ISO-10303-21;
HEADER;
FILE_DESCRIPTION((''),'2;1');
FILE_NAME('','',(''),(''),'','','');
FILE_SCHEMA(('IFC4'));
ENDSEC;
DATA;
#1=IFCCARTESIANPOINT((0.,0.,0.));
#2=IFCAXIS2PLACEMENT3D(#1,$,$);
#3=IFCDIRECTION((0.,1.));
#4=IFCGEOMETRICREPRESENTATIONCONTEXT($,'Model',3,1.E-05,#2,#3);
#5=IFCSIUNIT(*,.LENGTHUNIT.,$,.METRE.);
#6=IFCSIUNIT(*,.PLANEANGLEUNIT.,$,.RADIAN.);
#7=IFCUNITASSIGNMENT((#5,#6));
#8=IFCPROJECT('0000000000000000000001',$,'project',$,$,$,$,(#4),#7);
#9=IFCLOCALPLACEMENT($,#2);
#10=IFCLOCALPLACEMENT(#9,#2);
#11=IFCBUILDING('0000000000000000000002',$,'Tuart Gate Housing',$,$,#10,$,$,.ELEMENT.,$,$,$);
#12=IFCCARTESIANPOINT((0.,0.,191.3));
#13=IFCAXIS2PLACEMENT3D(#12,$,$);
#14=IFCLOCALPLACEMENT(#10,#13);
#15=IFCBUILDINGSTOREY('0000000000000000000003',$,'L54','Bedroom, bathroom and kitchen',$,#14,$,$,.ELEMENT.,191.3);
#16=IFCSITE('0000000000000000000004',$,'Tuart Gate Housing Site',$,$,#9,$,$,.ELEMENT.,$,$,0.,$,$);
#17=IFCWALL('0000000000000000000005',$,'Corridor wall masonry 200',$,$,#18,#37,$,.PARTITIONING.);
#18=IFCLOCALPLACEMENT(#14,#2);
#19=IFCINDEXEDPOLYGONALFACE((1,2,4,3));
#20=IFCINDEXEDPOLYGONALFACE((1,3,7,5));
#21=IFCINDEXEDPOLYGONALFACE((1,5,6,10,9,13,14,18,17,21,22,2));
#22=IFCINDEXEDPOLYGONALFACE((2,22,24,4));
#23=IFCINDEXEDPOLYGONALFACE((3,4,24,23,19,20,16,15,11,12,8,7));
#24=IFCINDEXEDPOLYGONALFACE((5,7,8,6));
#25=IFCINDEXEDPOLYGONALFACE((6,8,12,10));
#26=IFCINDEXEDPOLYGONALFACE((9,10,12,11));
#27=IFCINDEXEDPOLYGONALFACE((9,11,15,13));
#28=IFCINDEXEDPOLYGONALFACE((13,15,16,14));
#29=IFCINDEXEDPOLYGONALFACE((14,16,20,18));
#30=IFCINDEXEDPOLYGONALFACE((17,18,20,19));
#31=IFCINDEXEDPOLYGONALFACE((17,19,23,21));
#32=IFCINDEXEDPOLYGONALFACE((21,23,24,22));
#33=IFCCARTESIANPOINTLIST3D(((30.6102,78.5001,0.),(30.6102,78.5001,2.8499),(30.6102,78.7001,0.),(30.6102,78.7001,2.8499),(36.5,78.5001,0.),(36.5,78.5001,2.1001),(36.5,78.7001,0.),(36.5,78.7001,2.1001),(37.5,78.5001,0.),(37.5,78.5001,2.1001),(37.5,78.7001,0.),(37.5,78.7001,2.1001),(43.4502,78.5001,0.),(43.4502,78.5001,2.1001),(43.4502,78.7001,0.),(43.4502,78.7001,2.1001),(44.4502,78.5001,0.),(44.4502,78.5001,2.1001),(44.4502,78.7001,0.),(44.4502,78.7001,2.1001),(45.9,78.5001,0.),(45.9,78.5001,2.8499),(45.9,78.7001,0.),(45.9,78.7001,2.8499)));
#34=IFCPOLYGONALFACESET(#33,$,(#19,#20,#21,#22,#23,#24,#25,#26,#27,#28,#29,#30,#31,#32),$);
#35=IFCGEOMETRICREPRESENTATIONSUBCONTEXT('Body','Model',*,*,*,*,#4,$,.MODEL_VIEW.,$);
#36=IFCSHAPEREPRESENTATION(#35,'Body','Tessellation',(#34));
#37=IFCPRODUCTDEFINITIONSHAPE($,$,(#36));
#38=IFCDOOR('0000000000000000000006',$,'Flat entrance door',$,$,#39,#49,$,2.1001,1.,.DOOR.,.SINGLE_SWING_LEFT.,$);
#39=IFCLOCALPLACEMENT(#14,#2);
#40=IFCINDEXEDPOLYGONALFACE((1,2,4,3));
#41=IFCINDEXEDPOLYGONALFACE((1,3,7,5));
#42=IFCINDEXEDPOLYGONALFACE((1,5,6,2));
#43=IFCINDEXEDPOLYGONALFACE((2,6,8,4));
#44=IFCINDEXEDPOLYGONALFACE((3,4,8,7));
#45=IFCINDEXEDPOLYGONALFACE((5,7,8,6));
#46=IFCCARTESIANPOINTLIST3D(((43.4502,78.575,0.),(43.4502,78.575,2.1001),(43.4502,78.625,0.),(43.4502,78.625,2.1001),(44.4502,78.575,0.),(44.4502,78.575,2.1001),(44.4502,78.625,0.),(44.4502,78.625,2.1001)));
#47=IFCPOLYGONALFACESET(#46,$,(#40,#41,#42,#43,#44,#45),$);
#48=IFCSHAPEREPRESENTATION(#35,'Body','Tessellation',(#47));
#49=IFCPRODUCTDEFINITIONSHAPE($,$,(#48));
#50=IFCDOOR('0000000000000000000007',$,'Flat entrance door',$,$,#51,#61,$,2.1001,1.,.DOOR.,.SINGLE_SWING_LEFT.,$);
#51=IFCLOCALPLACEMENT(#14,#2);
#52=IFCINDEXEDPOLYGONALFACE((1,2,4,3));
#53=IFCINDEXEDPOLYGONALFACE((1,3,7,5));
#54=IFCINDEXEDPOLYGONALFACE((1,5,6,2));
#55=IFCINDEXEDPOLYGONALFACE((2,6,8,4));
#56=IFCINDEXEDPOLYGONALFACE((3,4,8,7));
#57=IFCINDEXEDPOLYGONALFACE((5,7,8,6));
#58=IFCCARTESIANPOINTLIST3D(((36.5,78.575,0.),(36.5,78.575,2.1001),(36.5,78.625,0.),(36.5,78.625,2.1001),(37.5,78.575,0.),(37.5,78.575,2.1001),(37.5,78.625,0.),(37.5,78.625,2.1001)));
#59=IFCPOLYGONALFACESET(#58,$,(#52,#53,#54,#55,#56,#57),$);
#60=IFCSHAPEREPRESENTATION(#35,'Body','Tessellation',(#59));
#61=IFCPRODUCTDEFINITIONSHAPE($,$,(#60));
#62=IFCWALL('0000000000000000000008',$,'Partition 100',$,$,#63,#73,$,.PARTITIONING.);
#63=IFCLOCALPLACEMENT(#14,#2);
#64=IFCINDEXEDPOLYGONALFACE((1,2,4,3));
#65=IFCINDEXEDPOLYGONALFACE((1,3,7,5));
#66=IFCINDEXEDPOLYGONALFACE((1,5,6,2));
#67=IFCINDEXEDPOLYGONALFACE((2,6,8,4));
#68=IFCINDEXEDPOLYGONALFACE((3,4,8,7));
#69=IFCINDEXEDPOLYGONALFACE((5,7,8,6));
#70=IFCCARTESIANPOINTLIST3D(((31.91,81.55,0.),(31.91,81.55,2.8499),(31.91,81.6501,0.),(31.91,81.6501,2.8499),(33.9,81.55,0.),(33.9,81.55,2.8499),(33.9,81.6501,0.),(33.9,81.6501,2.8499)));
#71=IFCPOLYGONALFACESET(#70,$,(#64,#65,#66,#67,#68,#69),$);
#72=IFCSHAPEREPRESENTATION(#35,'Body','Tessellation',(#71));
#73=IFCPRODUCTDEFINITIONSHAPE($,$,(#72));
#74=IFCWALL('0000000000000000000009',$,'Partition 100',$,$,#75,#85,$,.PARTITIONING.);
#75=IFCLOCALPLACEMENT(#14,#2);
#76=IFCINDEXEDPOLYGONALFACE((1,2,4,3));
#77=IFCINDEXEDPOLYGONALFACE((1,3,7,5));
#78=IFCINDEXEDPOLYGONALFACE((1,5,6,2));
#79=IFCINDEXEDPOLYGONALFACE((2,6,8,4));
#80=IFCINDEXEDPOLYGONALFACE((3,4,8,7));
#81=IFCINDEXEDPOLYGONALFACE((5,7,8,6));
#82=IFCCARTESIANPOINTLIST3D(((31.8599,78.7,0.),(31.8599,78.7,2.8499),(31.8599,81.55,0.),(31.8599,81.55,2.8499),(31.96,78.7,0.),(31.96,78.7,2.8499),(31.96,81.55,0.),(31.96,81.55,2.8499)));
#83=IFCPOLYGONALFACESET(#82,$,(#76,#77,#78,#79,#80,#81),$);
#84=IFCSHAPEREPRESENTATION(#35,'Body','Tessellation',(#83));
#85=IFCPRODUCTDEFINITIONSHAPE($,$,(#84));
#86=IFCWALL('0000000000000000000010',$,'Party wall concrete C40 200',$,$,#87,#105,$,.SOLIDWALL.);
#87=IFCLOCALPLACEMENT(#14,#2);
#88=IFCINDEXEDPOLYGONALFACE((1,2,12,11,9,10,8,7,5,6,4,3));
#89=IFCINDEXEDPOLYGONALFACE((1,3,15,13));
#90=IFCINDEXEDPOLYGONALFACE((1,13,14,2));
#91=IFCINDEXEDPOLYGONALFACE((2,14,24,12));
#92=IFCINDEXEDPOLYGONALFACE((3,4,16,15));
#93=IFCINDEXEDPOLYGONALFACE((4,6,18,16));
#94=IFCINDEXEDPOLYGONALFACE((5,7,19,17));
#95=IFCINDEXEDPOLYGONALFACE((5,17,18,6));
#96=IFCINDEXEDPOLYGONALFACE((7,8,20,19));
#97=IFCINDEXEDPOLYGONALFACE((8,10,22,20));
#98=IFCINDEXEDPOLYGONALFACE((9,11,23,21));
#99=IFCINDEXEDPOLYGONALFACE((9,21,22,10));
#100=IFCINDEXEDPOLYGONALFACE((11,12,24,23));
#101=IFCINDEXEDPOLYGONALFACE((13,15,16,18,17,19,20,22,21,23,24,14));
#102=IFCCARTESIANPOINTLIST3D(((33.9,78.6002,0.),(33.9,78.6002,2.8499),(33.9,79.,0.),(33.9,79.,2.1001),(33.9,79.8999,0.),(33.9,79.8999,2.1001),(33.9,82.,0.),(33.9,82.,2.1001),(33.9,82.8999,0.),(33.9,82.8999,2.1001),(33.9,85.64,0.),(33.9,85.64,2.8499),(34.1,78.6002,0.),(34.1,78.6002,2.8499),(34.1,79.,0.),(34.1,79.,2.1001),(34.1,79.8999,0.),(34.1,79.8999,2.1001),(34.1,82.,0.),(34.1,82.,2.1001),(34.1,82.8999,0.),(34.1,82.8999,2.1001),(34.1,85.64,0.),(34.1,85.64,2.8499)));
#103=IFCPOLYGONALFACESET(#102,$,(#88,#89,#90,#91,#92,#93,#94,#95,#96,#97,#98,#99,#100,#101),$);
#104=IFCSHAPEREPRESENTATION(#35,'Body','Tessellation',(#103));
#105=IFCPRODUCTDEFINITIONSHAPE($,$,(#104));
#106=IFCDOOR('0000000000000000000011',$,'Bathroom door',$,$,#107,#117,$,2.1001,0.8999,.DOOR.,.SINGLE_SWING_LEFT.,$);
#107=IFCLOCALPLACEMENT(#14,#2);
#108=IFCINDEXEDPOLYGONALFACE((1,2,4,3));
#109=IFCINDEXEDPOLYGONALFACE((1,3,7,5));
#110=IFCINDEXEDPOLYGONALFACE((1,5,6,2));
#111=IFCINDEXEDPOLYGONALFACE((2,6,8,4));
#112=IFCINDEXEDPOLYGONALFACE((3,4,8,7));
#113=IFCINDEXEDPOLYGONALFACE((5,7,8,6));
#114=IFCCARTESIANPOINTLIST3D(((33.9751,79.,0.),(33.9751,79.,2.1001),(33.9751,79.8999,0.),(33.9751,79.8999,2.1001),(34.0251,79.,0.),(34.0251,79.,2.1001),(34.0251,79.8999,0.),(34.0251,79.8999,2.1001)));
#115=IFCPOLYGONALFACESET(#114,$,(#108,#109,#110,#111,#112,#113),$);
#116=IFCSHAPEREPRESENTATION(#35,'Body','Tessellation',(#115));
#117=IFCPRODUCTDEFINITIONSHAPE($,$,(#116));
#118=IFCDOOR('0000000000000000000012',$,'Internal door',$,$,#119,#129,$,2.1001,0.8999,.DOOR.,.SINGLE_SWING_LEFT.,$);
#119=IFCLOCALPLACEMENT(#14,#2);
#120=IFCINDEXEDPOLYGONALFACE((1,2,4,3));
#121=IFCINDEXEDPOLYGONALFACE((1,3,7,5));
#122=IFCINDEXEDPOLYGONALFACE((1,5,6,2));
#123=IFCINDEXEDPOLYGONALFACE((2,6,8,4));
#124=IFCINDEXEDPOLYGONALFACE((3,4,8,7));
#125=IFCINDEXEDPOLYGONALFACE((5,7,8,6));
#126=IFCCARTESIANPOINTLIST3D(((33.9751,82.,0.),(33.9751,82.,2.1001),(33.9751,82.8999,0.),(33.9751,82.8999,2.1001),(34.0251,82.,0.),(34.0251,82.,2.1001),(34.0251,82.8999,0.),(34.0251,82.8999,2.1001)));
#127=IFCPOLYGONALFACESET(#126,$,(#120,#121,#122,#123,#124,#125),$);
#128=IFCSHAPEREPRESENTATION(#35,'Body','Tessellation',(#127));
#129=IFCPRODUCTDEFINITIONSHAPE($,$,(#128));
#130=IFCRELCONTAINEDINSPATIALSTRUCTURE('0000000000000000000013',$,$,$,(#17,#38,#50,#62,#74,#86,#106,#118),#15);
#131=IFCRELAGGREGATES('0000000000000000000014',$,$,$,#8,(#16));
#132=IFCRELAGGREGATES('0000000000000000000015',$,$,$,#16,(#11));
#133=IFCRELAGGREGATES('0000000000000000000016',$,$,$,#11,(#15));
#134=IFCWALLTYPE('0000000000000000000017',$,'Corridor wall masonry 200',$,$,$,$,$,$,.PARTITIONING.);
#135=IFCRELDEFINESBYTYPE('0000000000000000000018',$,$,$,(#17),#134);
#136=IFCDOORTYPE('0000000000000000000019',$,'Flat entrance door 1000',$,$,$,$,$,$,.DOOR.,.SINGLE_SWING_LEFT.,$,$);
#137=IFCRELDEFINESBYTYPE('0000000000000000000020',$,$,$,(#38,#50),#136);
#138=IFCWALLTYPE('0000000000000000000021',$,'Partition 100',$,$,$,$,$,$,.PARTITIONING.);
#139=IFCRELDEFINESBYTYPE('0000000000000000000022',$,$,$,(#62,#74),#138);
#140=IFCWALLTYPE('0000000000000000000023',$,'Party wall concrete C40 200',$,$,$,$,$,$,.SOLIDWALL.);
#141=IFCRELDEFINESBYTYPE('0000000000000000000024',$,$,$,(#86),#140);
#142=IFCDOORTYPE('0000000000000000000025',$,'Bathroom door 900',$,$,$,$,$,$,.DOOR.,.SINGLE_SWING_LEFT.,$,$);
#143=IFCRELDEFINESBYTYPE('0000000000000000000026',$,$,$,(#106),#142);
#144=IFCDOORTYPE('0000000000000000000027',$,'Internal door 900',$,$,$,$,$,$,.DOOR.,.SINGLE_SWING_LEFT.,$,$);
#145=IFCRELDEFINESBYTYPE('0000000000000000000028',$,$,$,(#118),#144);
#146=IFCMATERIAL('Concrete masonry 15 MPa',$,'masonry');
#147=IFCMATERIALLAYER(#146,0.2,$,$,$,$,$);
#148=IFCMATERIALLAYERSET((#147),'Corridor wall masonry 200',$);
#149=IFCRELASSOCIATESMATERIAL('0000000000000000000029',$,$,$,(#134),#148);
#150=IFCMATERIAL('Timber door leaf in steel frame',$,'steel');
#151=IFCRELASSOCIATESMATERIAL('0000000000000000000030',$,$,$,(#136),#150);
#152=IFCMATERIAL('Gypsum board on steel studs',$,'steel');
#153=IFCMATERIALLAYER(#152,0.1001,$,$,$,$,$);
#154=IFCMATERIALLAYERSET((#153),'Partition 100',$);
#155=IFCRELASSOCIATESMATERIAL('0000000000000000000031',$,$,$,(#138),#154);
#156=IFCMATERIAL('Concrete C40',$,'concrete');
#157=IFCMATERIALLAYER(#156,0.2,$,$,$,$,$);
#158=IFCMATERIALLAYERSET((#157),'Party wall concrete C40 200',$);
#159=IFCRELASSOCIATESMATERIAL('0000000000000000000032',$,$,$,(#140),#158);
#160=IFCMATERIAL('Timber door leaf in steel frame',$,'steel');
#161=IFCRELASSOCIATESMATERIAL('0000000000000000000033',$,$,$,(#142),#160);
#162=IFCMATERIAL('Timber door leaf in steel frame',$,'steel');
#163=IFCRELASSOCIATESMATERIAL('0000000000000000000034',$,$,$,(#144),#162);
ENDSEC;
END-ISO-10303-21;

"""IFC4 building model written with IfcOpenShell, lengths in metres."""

from ifc_helpers import new_model, si_unit, direction, frame, frame_2d, origin, place, context, subcontext, project, spatial, rectangle, extrude, material, layer, layer_set, type_object, element, fill, save


model = new_model("IFC4")

# Units and contexts
model_context = context("Model", 3, precision=1e-05, world=origin(), true_north=direction((0.0, 1.0)))
body_context = subcontext(model_context, "Body", "Model", "MODEL_VIEW")
ifc_project = project(units=[si_unit("LENGTHUNIT", "METRE"), si_unit("PLANEANGLEUNIT", "RADIAN")], contexts=[model_context])

# Site, building, storey
site_placement = place(None, origin())
site = spatial("IfcSite", under=ifc_project, at=site_placement, Name="Tuart Gate Housing Site", CompositionType="ELEMENT", RefElevation=0.0)
building_placement = place(site_placement, origin())
building = spatial("IfcBuilding", under=site, at=building_placement, Name="Tuart Gate Housing", CompositionType="ELEMENT")
storey_placement = place(building_placement, frame((0.0, 0.0, 191.3)))
storey = spatial("IfcBuildingStorey", under=building, at=storey_placement, Name="L54", Description="Bedroom, bathroom and kitchen", CompositionType="ELEMENT", Elevation=191.3)

# Wall, openings, doors
ifc_material_1 = material(Name="Concrete masonry 15 MPa", Category="masonry")
ifc_layer_1 = layer(ifc_material_1, 0.2)
ifc_layer_set_1 = layer_set([ifc_layer_1], Name="Corridor wall masonry 200")
wall_type_1 = type_object("IfcWallType", Name="Corridor wall masonry 200", PredefinedType="PARTITIONING", material=ifc_layer_set_1)
wall_1_placement = place(storey_placement, frame((30.6101, 78.6001, 0.0), z_axis=(0.0, 0.0, 1.0), x_axis=(1.0, 0.0, 0.0)))
wall_1 = element("IfcWall", 1, at=wall_1_placement, inside=storey, type_object=wall_type_1, Name="Corridor wall masonry 200", PredefinedType="PARTITIONING", context=body_context, shape_type="SweptSolid", body=[
    extrude(rectangle(XDim=15.2898, YDim=0.2, at=frame_2d((7.645, 0.0))), origin(), (0.0, 0.0, 1.0), 2.8499),
])
opening_1_placement = place(wall_1_placement, frame((12.8401, 0.0, 0.0)))
opening_1 = element("IfcOpeningElement", 2, at=opening_1_placement, cuts=wall_1, PredefinedType="OPENING", context=body_context, shape_type="SweptSolid", body=[
    extrude(rectangle(XDim=1.0, YDim=2.1001, at=frame_2d((0.5, 1.05))), frame((0.0, 0.1099, 0.0), z_axis=(0.0, -1.0, 0.0), x_axis=(1.0, 0.0, 0.0)), (0.0, 0.0, 1.0), 0.22),
])
opening_2_placement = place(wall_1_placement, frame((5.8899, 0.0, 0.0)))
opening_2 = element("IfcOpeningElement", 3, at=opening_2_placement, cuts=wall_1, PredefinedType="OPENING", context=body_context, shape_type="SweptSolid", body=[
    extrude(rectangle(XDim=1.0, YDim=2.1001, at=frame_2d((0.5, 1.05))), frame((0.0, 0.1099, 0.0), z_axis=(0.0, -1.0, 0.0), x_axis=(1.0, 0.0, 0.0)), (0.0, 0.0, 1.0), 0.22),
])
ifc_material_2 = material(Name="Timber door leaf in steel frame", Category="steel")
door_type_1 = type_object("IfcDoorType", Name="Flat entrance door 1000", OperationType="SINGLE_SWING_LEFT", PredefinedType="DOOR", material=ifc_material_2)
door_1_placement = place(opening_1_placement, origin())
door_1 = element("IfcDoor", 4, at=door_1_placement, inside=storey, type_object=door_type_1, Name="Flat entrance door", OperationType="SINGLE_SWING_LEFT", OverallHeight=2.1001, OverallWidth=1.0, PredefinedType="DOOR", context=body_context, shape_type="SweptSolid", body=[
    extrude(rectangle(XDim=1.0, YDim=2.1001, at=frame_2d((0.5, 1.05))), frame((0.0, 0.0249, 0.0), z_axis=(0.0, -1.0, 0.0), x_axis=(1.0, 0.0, 0.0)), (0.0, 0.0, 1.0), 0.05),
])
fill(opening_1, door_1)
door_2_placement = place(opening_2_placement, origin())
door_2 = element("IfcDoor", 5, at=door_2_placement, inside=storey, type_object=door_type_1, Name="Flat entrance door", OperationType="SINGLE_SWING_LEFT", OverallHeight=2.1001, OverallWidth=1.0, PredefinedType="DOOR", context=body_context, shape_type="SweptSolid", body=[
    extrude(rectangle(XDim=1.0, YDim=2.1001, at=frame_2d((0.5, 1.05))), frame((0.0, 0.0249, 0.0), z_axis=(0.0, -1.0, 0.0), x_axis=(1.0, 0.0, 0.0)), (0.0, 0.0, 1.0), 0.05),
])
fill(opening_2, door_2)

# Walls
ifc_material_3 = material(Name="Gypsum board on steel studs", Category="steel")
ifc_layer_2 = layer(ifc_material_3, 0.1001)
ifc_layer_set_2 = layer_set([ifc_layer_2], Name="Partition 100")
wall_type_2 = type_object("IfcWallType", Name="Partition 100", PredefinedType="PARTITIONING", material=ifc_layer_set_2)
wall_2_placement = place(storey_placement, frame((31.9099, 81.6001, 0.0), z_axis=(0.0, 0.0, 1.0), x_axis=(1.0, 0.0, 0.0)))
element("IfcWall", 6, at=wall_2_placement, inside=storey, type_object=wall_type_2, Name="Partition 100", PredefinedType="PARTITIONING", context=body_context, shape_type="SweptSolid", body=[
    extrude(rectangle(XDim=1.99, YDim=0.1001, at=frame_2d((0.9951, 0.0))), origin(), (0.0, 0.0, 1.0), 2.8499),
])
wall_3_placement = place(storey_placement, frame((31.9099, 78.7, 0.0), z_axis=(0.0, 0.0, 1.0), x_axis=(0.0, 1.0, 0.0)))
element("IfcWall", 7, at=wall_3_placement, inside=storey, type_object=wall_type_2, Name="Partition 100", PredefinedType="PARTITIONING", context=body_context, shape_type="SweptSolid", body=[
    extrude(rectangle(XDim=2.8501, YDim=0.1001, at=frame_2d((1.425, 0.0))), origin(), (0.0, 0.0, 1.0), 2.8499),
])

# Wall, openings, doors
ifc_material_4 = material(Name="Concrete C40", Category="concrete")
ifc_layer_3 = layer(ifc_material_4, 0.2)
ifc_layer_set_3 = layer_set([ifc_layer_3], Name="Party wall concrete C40 200")
wall_type_3 = type_object("IfcWallType", Name="Party wall concrete C40 200", PredefinedType="SOLIDWALL", material=ifc_layer_set_3)
wall_4_placement = place(storey_placement, frame((34.0, 78.6001, 0.0), z_axis=(0.0, 0.0, 1.0), x_axis=(0.0, 1.0, 0.0)))
wall_4 = element("IfcWall", 8, at=wall_4_placement, inside=storey, type_object=wall_type_3, Name="Party wall concrete C40 200", PredefinedType="SOLIDWALL", context=body_context, shape_type="SweptSolid", body=[
    extrude(rectangle(XDim=7.0398, YDim=0.2, at=frame_2d((3.52, 0.0))), origin(), (0.0, 0.0, 1.0), 2.8499),
])
opening_3_placement = place(wall_4_placement, frame((3.3999, 0.0, 0.0)))
opening_3 = element("IfcOpeningElement", 9, at=opening_3_placement, cuts=wall_4, PredefinedType="OPENING", context=body_context, shape_type="SweptSolid", body=[
    extrude(rectangle(XDim=0.8999, YDim=2.1001, at=frame_2d((0.45, 1.05))), frame((0.0, 0.1099, 0.0), z_axis=(0.0, -1.0, 0.0), x_axis=(1.0, 0.0, 0.0)), (0.0, 0.0, 1.0), 0.22),
])
opening_4_placement = place(wall_4_placement, frame((0.3999, 0.0, 0.0)))
opening_4 = element("IfcOpeningElement", 10, at=opening_4_placement, cuts=wall_4, PredefinedType="OPENING", context=body_context, shape_type="SweptSolid", body=[
    extrude(rectangle(XDim=0.8999, YDim=2.1001, at=frame_2d((0.45, 1.05))), frame((0.0, 0.1099, 0.0), z_axis=(0.0, -1.0, 0.0), x_axis=(1.0, 0.0, 0.0)), (0.0, 0.0, 1.0), 0.22),
])
ifc_material_5 = material(Name="Timber door leaf in steel frame", Category="steel")
door_type_2 = type_object("IfcDoorType", Name="Bathroom door 900", OperationType="SINGLE_SWING_LEFT", PredefinedType="DOOR", material=ifc_material_5)
door_3_placement = place(opening_4_placement, origin())
door_3 = element("IfcDoor", 11, at=door_3_placement, inside=storey, type_object=door_type_2, Name="Bathroom door", OperationType="SINGLE_SWING_LEFT", OverallHeight=2.1001, OverallWidth=0.8999, PredefinedType="DOOR", context=body_context, shape_type="SweptSolid", body=[
    extrude(rectangle(XDim=0.8999, YDim=2.1001, at=frame_2d((0.45, 1.05))), frame((0.0, 0.0249, 0.0), z_axis=(0.0, -1.0, 0.0), x_axis=(1.0, 0.0, 0.0)), (0.0, 0.0, 1.0), 0.05),
])
fill(opening_4, door_3)
ifc_material_6 = material(Name="Timber door leaf in steel frame", Category="steel")
door_type_3 = type_object("IfcDoorType", Name="Internal door 900", OperationType="SINGLE_SWING_LEFT", PredefinedType="DOOR", material=ifc_material_6)
door_4_placement = place(opening_3_placement, origin())
door_4 = element("IfcDoor", 12, at=door_4_placement, inside=storey, type_object=door_type_3, Name="Internal door", OperationType="SINGLE_SWING_LEFT", OverallHeight=2.1001, OverallWidth=0.8999, PredefinedType="DOOR", context=body_context, shape_type="SweptSolid", body=[
    extrude(rectangle(XDim=0.8999, YDim=2.1001, at=frame_2d((0.45, 1.05))), frame((0.0, 0.0249, 0.0), z_axis=(0.0, -1.0, 0.0), x_axis=(1.0, 0.0, 0.0)), (0.0, 0.0, 1.0), 0.05),
])
fill(opening_3, door_4)

save(model, "model.ifc")
